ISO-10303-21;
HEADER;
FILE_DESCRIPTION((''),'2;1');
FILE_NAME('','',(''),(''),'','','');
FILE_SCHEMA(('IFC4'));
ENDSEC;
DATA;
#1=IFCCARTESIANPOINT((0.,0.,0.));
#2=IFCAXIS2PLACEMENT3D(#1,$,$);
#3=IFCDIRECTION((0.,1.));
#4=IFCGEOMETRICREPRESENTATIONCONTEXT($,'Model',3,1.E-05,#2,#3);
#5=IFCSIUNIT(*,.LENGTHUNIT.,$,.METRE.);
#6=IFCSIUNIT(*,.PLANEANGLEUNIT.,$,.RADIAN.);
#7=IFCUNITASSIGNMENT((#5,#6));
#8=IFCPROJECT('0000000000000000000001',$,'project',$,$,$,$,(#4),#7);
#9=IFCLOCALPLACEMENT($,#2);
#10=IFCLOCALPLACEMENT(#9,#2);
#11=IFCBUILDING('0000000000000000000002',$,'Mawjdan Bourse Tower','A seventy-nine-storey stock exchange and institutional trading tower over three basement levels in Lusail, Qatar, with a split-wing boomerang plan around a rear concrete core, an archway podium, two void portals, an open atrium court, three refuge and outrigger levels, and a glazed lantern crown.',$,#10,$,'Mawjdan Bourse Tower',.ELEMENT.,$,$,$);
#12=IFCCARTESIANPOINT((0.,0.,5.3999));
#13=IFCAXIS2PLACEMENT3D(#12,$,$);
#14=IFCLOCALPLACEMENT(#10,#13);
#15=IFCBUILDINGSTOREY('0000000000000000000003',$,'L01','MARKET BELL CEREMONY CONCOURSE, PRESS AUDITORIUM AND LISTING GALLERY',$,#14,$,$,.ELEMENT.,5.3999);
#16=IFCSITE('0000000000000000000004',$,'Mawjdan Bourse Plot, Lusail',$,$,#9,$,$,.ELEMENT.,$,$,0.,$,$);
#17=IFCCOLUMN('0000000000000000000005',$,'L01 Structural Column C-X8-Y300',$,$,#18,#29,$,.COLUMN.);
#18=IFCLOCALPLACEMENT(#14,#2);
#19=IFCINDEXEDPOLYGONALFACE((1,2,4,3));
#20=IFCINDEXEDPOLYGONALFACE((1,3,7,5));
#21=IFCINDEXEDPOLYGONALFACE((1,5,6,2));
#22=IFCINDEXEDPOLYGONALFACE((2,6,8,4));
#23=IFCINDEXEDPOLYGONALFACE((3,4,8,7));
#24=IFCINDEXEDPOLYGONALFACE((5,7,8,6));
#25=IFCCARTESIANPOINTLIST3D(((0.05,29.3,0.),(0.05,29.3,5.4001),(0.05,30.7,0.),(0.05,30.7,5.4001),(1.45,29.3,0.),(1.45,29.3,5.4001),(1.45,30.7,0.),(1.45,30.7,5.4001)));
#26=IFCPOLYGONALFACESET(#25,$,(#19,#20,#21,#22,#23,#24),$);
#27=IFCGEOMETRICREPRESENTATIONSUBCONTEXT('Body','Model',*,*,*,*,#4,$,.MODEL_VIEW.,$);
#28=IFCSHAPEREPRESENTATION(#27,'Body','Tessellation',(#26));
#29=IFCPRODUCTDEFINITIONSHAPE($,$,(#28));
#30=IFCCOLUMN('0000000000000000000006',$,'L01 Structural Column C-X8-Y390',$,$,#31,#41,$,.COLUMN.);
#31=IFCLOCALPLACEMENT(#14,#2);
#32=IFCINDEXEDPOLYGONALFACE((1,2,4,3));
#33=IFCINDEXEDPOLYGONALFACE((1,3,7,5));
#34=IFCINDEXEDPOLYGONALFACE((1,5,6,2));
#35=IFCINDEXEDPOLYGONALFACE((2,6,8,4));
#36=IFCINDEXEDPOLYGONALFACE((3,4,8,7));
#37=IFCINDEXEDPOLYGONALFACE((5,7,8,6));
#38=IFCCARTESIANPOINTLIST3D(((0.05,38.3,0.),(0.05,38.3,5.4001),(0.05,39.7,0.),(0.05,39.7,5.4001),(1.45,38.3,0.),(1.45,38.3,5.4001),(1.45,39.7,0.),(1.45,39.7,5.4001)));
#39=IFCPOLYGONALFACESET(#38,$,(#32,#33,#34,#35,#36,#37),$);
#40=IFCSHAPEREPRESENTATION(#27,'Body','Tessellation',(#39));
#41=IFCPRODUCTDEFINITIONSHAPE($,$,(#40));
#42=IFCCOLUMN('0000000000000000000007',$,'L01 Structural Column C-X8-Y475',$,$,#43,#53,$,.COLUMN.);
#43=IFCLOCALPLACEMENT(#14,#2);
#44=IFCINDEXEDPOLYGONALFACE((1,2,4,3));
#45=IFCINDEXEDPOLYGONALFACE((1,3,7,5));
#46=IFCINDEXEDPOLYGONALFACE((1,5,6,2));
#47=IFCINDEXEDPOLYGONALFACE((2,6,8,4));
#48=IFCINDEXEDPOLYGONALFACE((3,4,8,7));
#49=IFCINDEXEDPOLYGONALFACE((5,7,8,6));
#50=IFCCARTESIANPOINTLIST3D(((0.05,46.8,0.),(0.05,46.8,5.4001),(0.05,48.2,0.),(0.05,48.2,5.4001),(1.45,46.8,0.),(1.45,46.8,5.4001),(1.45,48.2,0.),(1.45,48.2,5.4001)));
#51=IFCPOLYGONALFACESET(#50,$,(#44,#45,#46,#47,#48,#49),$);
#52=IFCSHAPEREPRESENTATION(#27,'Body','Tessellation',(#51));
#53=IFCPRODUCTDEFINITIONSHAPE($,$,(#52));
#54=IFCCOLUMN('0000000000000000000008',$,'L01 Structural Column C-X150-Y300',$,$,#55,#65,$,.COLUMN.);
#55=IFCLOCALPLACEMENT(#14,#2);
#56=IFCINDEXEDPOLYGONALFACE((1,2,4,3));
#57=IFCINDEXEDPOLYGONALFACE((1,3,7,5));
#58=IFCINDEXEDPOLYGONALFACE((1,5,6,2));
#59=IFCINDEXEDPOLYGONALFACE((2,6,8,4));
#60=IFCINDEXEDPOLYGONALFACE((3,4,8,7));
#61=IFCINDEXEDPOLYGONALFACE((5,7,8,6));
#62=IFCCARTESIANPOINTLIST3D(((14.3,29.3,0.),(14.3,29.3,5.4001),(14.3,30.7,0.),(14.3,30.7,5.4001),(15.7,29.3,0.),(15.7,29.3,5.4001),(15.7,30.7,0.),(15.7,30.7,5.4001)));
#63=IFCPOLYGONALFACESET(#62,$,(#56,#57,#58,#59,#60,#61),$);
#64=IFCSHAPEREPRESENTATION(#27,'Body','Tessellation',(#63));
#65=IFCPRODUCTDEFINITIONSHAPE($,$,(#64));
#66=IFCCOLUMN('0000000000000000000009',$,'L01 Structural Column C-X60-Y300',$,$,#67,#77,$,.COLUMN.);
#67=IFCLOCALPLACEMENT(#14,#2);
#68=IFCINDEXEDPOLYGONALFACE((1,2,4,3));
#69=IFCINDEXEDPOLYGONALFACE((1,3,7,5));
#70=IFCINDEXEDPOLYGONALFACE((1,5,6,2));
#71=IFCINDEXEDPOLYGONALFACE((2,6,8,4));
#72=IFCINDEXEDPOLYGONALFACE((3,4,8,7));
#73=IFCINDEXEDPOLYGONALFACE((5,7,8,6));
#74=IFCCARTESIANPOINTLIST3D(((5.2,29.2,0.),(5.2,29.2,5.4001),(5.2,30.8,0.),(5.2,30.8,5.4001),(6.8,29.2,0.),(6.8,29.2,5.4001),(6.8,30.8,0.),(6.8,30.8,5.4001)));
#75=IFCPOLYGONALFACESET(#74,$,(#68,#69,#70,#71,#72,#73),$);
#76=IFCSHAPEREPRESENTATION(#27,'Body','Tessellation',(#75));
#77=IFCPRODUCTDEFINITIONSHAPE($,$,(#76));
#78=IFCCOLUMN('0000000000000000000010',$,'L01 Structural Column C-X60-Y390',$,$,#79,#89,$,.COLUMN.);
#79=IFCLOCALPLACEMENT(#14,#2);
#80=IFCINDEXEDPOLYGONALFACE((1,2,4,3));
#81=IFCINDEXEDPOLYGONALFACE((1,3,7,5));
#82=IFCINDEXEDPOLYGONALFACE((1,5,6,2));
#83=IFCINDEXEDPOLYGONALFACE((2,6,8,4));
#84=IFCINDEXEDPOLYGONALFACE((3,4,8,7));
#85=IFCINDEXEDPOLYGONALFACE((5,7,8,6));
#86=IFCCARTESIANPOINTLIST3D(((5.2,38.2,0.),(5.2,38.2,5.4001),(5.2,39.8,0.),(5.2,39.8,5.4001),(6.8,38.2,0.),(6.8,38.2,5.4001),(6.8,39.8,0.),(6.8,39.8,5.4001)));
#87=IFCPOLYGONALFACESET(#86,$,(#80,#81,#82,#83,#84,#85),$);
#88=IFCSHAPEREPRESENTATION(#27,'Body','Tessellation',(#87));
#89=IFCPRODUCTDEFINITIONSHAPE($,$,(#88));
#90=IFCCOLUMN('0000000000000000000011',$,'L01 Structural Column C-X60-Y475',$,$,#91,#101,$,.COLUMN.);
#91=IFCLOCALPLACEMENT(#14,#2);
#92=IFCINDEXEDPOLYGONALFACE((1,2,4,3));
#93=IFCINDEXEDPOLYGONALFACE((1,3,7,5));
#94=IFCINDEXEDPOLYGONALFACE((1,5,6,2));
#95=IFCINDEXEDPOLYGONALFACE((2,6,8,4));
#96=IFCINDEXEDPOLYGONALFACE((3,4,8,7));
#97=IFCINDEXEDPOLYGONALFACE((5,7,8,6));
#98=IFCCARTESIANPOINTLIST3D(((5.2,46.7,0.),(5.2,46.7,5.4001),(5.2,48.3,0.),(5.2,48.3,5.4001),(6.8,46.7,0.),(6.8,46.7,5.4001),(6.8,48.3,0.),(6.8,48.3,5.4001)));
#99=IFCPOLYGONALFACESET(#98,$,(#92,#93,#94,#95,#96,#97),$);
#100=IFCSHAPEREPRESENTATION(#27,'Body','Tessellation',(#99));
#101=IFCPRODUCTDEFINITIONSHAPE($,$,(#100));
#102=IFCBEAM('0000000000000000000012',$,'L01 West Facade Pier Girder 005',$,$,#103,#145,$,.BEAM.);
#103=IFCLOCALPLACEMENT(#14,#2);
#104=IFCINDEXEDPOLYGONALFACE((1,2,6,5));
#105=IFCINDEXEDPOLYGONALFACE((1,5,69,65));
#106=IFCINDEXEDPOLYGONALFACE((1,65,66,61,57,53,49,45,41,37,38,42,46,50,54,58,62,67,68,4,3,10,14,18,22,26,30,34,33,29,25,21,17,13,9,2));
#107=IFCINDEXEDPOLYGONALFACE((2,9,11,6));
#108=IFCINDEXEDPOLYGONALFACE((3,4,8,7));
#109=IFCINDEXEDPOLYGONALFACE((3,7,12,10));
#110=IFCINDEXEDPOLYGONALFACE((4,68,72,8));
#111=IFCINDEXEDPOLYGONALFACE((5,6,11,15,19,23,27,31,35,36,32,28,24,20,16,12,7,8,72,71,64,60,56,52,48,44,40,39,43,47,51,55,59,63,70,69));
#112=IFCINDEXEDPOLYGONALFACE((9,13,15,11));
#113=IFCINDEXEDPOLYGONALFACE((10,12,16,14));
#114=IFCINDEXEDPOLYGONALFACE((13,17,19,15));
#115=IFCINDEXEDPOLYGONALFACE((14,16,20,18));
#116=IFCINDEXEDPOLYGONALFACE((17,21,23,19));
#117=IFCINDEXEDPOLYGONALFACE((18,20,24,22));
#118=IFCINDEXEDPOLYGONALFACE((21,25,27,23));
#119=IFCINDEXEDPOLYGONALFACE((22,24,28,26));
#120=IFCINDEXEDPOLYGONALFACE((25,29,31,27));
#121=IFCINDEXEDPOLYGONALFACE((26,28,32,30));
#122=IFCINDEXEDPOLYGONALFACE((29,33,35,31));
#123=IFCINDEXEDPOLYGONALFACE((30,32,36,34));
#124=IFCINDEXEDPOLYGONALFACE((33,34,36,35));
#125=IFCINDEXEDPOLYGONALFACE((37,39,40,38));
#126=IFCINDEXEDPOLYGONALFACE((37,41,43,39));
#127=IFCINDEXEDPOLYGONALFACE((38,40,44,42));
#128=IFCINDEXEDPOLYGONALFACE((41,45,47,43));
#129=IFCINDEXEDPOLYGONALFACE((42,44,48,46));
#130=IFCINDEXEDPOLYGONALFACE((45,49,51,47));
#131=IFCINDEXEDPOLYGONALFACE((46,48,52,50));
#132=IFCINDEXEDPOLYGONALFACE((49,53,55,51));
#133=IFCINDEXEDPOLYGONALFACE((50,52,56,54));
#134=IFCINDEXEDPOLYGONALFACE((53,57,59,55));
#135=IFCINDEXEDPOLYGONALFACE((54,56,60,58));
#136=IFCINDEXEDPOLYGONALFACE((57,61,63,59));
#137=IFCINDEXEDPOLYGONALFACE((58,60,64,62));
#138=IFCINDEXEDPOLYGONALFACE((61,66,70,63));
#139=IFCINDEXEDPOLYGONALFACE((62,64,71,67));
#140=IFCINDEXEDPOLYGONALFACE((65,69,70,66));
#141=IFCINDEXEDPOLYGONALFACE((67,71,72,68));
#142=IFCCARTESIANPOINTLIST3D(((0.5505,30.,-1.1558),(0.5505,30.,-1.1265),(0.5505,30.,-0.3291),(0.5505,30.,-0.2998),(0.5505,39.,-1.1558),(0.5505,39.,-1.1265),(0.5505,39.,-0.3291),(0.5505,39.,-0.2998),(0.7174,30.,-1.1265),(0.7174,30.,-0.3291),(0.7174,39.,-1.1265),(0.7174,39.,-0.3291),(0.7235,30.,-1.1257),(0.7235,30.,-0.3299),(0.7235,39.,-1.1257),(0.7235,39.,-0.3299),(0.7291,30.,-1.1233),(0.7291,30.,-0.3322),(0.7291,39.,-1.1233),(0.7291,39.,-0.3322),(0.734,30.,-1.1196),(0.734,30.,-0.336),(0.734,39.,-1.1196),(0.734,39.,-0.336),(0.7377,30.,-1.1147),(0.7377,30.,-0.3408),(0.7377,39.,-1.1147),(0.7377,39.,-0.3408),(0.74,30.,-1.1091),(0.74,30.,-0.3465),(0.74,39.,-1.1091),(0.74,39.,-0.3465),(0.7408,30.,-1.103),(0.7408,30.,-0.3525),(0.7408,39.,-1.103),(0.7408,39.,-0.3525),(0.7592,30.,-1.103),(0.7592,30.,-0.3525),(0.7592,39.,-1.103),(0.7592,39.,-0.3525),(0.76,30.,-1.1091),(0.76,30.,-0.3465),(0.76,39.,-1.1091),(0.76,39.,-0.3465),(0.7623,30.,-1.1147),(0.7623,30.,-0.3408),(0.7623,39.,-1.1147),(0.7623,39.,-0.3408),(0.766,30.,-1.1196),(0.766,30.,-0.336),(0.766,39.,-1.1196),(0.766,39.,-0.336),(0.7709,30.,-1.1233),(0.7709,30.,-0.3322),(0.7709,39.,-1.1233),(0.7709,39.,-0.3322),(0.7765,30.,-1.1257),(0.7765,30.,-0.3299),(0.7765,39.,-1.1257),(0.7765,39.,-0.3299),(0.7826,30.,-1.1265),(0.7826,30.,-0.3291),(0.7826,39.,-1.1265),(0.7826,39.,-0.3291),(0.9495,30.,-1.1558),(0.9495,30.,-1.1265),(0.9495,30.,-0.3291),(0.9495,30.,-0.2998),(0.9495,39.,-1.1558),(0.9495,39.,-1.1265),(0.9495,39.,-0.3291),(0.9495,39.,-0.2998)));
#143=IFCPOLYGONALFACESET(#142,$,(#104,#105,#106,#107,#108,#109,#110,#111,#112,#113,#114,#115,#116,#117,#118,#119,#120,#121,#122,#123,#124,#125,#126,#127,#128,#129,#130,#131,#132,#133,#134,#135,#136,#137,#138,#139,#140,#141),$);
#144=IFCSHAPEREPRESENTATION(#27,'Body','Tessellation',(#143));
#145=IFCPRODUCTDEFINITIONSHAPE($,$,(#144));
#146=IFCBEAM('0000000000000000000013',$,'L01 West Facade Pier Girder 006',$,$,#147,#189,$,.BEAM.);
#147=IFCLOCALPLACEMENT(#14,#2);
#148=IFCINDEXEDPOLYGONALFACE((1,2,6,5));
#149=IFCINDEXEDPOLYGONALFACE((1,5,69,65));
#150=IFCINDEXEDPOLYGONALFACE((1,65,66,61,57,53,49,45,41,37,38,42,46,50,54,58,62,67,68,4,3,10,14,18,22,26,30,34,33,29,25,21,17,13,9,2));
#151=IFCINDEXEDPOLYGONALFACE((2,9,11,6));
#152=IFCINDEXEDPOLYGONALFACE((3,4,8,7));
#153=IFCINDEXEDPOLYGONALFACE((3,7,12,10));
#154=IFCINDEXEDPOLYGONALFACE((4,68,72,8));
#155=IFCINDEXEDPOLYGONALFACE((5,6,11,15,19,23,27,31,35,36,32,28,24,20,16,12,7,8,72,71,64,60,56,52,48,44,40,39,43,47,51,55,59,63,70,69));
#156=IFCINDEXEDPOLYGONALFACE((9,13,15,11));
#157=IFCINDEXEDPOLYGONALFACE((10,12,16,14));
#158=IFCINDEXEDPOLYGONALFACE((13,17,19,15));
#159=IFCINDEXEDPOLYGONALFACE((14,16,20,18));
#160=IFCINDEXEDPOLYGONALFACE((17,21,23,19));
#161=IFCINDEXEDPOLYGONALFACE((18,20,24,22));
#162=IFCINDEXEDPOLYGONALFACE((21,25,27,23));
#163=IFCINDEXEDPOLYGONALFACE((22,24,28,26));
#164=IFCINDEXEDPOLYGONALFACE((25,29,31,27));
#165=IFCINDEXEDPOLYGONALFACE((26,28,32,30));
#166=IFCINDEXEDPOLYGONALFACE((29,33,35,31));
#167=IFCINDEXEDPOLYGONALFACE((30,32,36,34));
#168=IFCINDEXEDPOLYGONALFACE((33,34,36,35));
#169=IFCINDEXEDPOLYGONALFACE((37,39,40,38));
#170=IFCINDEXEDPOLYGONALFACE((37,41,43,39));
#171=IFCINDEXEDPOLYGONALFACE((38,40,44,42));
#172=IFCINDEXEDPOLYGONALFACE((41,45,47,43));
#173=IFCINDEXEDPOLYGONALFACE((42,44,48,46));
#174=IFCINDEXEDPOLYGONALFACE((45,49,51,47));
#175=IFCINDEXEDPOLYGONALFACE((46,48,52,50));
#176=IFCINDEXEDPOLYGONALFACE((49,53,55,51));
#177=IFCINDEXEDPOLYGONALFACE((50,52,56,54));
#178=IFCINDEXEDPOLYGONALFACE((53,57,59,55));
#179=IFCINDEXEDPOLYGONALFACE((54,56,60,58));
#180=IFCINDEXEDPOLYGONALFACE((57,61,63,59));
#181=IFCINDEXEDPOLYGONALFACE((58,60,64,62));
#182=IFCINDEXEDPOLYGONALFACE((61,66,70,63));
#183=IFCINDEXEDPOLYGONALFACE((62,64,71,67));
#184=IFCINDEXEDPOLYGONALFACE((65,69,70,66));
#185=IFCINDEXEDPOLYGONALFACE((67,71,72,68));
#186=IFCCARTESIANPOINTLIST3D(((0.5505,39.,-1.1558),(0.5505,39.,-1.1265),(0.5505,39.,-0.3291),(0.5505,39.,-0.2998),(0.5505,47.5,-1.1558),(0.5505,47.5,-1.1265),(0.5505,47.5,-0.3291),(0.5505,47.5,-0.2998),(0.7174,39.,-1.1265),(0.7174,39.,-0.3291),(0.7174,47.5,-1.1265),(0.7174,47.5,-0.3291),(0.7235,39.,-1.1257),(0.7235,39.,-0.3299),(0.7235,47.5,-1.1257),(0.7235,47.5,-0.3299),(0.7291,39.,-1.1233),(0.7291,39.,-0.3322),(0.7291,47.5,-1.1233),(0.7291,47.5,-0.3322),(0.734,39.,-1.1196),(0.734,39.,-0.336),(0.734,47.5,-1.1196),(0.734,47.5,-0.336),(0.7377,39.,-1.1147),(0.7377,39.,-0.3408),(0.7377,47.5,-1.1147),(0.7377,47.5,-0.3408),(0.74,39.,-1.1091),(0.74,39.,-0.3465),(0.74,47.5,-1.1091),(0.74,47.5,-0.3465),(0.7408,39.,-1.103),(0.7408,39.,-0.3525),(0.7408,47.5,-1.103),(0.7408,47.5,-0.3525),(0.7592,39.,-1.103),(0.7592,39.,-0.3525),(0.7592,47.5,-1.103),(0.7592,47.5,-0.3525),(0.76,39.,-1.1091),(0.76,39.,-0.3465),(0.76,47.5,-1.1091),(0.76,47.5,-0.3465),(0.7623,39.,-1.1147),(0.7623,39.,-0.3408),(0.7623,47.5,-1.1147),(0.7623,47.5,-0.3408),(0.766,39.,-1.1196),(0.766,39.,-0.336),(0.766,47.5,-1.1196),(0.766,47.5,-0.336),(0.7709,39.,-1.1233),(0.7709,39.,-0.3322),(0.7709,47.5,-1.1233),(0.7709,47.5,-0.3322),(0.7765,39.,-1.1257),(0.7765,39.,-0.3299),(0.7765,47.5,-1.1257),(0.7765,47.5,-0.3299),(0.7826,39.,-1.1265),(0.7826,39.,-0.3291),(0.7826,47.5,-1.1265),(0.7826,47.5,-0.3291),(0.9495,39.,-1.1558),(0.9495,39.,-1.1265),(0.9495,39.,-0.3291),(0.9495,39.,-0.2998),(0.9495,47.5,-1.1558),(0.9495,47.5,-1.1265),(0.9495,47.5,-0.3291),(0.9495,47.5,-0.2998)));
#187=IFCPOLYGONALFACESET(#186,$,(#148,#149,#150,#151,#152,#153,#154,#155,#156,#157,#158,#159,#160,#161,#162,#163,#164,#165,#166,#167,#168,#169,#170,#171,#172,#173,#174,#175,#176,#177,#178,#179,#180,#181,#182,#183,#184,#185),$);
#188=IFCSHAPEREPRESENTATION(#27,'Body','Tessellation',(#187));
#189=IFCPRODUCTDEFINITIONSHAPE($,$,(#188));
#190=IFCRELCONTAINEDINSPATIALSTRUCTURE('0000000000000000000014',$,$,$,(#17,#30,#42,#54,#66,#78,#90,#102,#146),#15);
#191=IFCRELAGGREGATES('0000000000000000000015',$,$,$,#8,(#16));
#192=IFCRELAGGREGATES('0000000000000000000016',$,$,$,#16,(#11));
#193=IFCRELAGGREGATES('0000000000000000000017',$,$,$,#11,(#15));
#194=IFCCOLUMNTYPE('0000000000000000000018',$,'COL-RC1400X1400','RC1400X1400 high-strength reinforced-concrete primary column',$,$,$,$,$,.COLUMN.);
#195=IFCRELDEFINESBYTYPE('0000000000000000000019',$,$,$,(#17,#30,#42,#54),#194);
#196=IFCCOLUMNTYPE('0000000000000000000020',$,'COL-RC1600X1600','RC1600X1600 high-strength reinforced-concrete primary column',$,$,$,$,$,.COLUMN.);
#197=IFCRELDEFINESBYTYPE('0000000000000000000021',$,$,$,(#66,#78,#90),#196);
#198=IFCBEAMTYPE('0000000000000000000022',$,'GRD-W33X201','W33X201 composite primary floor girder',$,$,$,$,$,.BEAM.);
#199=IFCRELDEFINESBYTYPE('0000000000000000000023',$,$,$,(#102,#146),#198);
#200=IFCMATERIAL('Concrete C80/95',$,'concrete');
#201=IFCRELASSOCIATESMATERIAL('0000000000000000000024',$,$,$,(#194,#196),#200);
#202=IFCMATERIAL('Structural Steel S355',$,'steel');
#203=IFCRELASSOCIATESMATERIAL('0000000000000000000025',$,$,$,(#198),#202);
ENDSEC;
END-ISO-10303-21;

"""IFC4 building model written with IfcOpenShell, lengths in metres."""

from ifc_helpers import new_model, si_unit, direction, frame, origin, origin_2d, place, context, subcontext, project, spatial, rectangle, i_section, extrude, material, material_profile, profile_set, type_object, element, save


model = new_model("IFC4")

# Units and contexts
model_context = context("Model", 3, precision=1e-05, world=origin(), true_north=direction((0.0, 1.0)))
body_context = subcontext(model_context, "Body", "Model", "MODEL_VIEW")
ifc_project = project(units=[si_unit("LENGTHUNIT", "METRE"), si_unit("PLANEANGLEUNIT", "RADIAN")], contexts=[model_context])

# Site, building, storey
site_placement = place(None, origin())
site = spatial("IfcSite", under=ifc_project, at=site_placement, Name="Mawjdan Bourse Plot, Lusail", CompositionType="ELEMENT", RefElevation=0.0)
building_placement = place(site_placement, origin())
building = spatial("IfcBuilding", under=site, at=building_placement, Name="Mawjdan Bourse Tower", Description="A seventy-nine-storey stock exchange and institutional trading tower over three basement levels in Lusail, Qatar, with a split-wing boomerang plan around a rear concrete core, an archway podium, two void portals, an open atrium court, three refuge and outrigger levels, and a glazed lantern crown.", LongName="Mawjdan Bourse Tower", CompositionType="ELEMENT")
storey_placement = place(building_placement, frame((0.0, 0.0, 5.3999)))
storey = spatial("IfcBuildingStorey", under=building, at=storey_placement, Name="L01", Description="MARKET BELL CEREMONY CONCOURSE, PRESS AUDITORIUM AND LISTING GALLERY", CompositionType="ELEMENT", Elevation=5.3999)

# Columns
ifc_material_1 = material(Name="Concrete C80/95", Category="concrete")
ifc_material_profile_1 = material_profile(ifc_material_1, rectangle(XDim=1.3999, YDim=1.3999, at=origin_2d()), Name="RC1400X1400")
ifc_profile_set_1 = profile_set([ifc_material_profile_1], Name="Concrete C80/95")
column_type_1 = type_object("IfcColumnType", Name="COL-RC1400X1400", Description="RC1400X1400 high-strength reinforced-concrete primary column", PredefinedType="COLUMN", material=ifc_profile_set_1)
for number, where, z_axis, x_axis, name in (
    (1, (0.75, 30.0, 0.0), (0.0, 0.0, 1.0), (1.0, 0.0, 0.0), "L01 Structural Column C-X8-Y300"),
    (2, (0.75, 39.0, 0.0), (0.0, 0.0, 1.0), (1.0, 0.0, 0.0), "L01 Structural Column C-X8-Y390"),
    (3, (0.75, 47.5, 0.0), (0.0, 0.0, 1.0), (1.0, 0.0, 0.0), "L01 Structural Column C-X8-Y475"),
    (4, (15.0, 30.0, 0.0), (0.0, 0.0, 1.0), (1.0, 0.0, 0.0), "L01 Structural Column C-X150-Y300"),
):
    element("IfcColumn", number, at=place(storey_placement, frame(where, z_axis=z_axis, x_axis=x_axis)), inside=storey, type_object=column_type_1, Name=name, PredefinedType="COLUMN", context=body_context, shape_type="SweptSolid", body=[
        extrude(rectangle(XDim=1.3999, YDim=1.3999, at=origin_2d()), origin(), (0.0, 0.0, 1.0), 5.4001),
    ])
ifc_material_profile_2 = material_profile(ifc_material_1, rectangle(XDim=1.6001, YDim=1.6001, at=origin_2d()), Name="RC1600X1600")
ifc_profile_set_2 = profile_set([ifc_material_profile_2], Name="Concrete C80/95")
column_type_2 = type_object("IfcColumnType", Name="COL-RC1600X1600", Description="RC1600X1600 high-strength reinforced-concrete primary column", PredefinedType="COLUMN", material=ifc_profile_set_2)
for number, where, z_axis, x_axis, name in (
    (5, (6.0, 30.0, 0.0), (0.0, 0.0, 1.0), (1.0, 0.0, 0.0), "L01 Structural Column C-X60-Y300"),
    (6, (6.0, 39.0, 0.0), (0.0, 0.0, 1.0), (1.0, 0.0, 0.0), "L01 Structural Column C-X60-Y390"),
    (7, (6.0, 47.5, 0.0), (0.0, 0.0, 1.0), (1.0, 0.0, 0.0), "L01 Structural Column C-X60-Y475"),
):
    element("IfcColumn", number, at=place(storey_placement, frame(where, z_axis=z_axis, x_axis=x_axis)), inside=storey, type_object=column_type_2, Name=name, PredefinedType="COLUMN", context=body_context, shape_type="SweptSolid", body=[
        extrude(rectangle(XDim=1.6001, YDim=1.6001, at=origin_2d()), origin(), (0.0, 0.0, 1.0), 5.4001),
    ])

# Beams
ifc_material_2 = material(Name="Structural Steel S355", Category="steel")
ifc_material_profile_3 = material_profile(ifc_material_2, i_section(OverallWidth=0.3989, OverallDepth=0.856, WebThickness=0.0183, FlangeThickness=0.0293, FilletRadius=0.0234, at=origin_2d()), Name="W33X201")
ifc_profile_set_3 = profile_set([ifc_material_profile_3], Name="Structural Steel S355")
beam_type_1 = type_object("IfcBeamType", Name="GRD-W33X201", Description="W33X201 composite primary floor girder", PredefinedType="BEAM", material=ifc_profile_set_3)
beam_1_placement = place(storey_placement, frame((0.75, 30.0, -0.7278), z_axis=(0.0, 1.0, 0.0), x_axis=(-1.0, 0.0, 0.0)))
element("IfcBeam", 8, at=beam_1_placement, inside=storey, type_object=beam_type_1, Name="L01 West Facade Pier Girder 005", PredefinedType="BEAM", context=body_context, shape_type="SweptSolid", body=[
    extrude(i_section(OverallWidth=0.3989, OverallDepth=0.856, WebThickness=0.0183, FlangeThickness=0.0293, FilletRadius=0.0234, at=origin_2d()), origin(), (0.0, 0.0, 1.0), 9.0),
])
beam_2_placement = place(storey_placement, frame((0.75, 39.0, -0.7278), z_axis=(0.0, 1.0, 0.0), x_axis=(-1.0, 0.0, 0.0)))
element("IfcBeam", 9, at=beam_2_placement, inside=storey, type_object=beam_type_1, Name="L01 West Facade Pier Girder 006", PredefinedType="BEAM", context=body_context, shape_type="SweptSolid", body=[
    extrude(i_section(OverallWidth=0.3989, OverallDepth=0.856, WebThickness=0.0183, FlangeThickness=0.0293, FilletRadius=0.0234, at=origin_2d()), origin(), (0.0, 0.0, 1.0), 8.5),
])

save(model, "model.ifc")
